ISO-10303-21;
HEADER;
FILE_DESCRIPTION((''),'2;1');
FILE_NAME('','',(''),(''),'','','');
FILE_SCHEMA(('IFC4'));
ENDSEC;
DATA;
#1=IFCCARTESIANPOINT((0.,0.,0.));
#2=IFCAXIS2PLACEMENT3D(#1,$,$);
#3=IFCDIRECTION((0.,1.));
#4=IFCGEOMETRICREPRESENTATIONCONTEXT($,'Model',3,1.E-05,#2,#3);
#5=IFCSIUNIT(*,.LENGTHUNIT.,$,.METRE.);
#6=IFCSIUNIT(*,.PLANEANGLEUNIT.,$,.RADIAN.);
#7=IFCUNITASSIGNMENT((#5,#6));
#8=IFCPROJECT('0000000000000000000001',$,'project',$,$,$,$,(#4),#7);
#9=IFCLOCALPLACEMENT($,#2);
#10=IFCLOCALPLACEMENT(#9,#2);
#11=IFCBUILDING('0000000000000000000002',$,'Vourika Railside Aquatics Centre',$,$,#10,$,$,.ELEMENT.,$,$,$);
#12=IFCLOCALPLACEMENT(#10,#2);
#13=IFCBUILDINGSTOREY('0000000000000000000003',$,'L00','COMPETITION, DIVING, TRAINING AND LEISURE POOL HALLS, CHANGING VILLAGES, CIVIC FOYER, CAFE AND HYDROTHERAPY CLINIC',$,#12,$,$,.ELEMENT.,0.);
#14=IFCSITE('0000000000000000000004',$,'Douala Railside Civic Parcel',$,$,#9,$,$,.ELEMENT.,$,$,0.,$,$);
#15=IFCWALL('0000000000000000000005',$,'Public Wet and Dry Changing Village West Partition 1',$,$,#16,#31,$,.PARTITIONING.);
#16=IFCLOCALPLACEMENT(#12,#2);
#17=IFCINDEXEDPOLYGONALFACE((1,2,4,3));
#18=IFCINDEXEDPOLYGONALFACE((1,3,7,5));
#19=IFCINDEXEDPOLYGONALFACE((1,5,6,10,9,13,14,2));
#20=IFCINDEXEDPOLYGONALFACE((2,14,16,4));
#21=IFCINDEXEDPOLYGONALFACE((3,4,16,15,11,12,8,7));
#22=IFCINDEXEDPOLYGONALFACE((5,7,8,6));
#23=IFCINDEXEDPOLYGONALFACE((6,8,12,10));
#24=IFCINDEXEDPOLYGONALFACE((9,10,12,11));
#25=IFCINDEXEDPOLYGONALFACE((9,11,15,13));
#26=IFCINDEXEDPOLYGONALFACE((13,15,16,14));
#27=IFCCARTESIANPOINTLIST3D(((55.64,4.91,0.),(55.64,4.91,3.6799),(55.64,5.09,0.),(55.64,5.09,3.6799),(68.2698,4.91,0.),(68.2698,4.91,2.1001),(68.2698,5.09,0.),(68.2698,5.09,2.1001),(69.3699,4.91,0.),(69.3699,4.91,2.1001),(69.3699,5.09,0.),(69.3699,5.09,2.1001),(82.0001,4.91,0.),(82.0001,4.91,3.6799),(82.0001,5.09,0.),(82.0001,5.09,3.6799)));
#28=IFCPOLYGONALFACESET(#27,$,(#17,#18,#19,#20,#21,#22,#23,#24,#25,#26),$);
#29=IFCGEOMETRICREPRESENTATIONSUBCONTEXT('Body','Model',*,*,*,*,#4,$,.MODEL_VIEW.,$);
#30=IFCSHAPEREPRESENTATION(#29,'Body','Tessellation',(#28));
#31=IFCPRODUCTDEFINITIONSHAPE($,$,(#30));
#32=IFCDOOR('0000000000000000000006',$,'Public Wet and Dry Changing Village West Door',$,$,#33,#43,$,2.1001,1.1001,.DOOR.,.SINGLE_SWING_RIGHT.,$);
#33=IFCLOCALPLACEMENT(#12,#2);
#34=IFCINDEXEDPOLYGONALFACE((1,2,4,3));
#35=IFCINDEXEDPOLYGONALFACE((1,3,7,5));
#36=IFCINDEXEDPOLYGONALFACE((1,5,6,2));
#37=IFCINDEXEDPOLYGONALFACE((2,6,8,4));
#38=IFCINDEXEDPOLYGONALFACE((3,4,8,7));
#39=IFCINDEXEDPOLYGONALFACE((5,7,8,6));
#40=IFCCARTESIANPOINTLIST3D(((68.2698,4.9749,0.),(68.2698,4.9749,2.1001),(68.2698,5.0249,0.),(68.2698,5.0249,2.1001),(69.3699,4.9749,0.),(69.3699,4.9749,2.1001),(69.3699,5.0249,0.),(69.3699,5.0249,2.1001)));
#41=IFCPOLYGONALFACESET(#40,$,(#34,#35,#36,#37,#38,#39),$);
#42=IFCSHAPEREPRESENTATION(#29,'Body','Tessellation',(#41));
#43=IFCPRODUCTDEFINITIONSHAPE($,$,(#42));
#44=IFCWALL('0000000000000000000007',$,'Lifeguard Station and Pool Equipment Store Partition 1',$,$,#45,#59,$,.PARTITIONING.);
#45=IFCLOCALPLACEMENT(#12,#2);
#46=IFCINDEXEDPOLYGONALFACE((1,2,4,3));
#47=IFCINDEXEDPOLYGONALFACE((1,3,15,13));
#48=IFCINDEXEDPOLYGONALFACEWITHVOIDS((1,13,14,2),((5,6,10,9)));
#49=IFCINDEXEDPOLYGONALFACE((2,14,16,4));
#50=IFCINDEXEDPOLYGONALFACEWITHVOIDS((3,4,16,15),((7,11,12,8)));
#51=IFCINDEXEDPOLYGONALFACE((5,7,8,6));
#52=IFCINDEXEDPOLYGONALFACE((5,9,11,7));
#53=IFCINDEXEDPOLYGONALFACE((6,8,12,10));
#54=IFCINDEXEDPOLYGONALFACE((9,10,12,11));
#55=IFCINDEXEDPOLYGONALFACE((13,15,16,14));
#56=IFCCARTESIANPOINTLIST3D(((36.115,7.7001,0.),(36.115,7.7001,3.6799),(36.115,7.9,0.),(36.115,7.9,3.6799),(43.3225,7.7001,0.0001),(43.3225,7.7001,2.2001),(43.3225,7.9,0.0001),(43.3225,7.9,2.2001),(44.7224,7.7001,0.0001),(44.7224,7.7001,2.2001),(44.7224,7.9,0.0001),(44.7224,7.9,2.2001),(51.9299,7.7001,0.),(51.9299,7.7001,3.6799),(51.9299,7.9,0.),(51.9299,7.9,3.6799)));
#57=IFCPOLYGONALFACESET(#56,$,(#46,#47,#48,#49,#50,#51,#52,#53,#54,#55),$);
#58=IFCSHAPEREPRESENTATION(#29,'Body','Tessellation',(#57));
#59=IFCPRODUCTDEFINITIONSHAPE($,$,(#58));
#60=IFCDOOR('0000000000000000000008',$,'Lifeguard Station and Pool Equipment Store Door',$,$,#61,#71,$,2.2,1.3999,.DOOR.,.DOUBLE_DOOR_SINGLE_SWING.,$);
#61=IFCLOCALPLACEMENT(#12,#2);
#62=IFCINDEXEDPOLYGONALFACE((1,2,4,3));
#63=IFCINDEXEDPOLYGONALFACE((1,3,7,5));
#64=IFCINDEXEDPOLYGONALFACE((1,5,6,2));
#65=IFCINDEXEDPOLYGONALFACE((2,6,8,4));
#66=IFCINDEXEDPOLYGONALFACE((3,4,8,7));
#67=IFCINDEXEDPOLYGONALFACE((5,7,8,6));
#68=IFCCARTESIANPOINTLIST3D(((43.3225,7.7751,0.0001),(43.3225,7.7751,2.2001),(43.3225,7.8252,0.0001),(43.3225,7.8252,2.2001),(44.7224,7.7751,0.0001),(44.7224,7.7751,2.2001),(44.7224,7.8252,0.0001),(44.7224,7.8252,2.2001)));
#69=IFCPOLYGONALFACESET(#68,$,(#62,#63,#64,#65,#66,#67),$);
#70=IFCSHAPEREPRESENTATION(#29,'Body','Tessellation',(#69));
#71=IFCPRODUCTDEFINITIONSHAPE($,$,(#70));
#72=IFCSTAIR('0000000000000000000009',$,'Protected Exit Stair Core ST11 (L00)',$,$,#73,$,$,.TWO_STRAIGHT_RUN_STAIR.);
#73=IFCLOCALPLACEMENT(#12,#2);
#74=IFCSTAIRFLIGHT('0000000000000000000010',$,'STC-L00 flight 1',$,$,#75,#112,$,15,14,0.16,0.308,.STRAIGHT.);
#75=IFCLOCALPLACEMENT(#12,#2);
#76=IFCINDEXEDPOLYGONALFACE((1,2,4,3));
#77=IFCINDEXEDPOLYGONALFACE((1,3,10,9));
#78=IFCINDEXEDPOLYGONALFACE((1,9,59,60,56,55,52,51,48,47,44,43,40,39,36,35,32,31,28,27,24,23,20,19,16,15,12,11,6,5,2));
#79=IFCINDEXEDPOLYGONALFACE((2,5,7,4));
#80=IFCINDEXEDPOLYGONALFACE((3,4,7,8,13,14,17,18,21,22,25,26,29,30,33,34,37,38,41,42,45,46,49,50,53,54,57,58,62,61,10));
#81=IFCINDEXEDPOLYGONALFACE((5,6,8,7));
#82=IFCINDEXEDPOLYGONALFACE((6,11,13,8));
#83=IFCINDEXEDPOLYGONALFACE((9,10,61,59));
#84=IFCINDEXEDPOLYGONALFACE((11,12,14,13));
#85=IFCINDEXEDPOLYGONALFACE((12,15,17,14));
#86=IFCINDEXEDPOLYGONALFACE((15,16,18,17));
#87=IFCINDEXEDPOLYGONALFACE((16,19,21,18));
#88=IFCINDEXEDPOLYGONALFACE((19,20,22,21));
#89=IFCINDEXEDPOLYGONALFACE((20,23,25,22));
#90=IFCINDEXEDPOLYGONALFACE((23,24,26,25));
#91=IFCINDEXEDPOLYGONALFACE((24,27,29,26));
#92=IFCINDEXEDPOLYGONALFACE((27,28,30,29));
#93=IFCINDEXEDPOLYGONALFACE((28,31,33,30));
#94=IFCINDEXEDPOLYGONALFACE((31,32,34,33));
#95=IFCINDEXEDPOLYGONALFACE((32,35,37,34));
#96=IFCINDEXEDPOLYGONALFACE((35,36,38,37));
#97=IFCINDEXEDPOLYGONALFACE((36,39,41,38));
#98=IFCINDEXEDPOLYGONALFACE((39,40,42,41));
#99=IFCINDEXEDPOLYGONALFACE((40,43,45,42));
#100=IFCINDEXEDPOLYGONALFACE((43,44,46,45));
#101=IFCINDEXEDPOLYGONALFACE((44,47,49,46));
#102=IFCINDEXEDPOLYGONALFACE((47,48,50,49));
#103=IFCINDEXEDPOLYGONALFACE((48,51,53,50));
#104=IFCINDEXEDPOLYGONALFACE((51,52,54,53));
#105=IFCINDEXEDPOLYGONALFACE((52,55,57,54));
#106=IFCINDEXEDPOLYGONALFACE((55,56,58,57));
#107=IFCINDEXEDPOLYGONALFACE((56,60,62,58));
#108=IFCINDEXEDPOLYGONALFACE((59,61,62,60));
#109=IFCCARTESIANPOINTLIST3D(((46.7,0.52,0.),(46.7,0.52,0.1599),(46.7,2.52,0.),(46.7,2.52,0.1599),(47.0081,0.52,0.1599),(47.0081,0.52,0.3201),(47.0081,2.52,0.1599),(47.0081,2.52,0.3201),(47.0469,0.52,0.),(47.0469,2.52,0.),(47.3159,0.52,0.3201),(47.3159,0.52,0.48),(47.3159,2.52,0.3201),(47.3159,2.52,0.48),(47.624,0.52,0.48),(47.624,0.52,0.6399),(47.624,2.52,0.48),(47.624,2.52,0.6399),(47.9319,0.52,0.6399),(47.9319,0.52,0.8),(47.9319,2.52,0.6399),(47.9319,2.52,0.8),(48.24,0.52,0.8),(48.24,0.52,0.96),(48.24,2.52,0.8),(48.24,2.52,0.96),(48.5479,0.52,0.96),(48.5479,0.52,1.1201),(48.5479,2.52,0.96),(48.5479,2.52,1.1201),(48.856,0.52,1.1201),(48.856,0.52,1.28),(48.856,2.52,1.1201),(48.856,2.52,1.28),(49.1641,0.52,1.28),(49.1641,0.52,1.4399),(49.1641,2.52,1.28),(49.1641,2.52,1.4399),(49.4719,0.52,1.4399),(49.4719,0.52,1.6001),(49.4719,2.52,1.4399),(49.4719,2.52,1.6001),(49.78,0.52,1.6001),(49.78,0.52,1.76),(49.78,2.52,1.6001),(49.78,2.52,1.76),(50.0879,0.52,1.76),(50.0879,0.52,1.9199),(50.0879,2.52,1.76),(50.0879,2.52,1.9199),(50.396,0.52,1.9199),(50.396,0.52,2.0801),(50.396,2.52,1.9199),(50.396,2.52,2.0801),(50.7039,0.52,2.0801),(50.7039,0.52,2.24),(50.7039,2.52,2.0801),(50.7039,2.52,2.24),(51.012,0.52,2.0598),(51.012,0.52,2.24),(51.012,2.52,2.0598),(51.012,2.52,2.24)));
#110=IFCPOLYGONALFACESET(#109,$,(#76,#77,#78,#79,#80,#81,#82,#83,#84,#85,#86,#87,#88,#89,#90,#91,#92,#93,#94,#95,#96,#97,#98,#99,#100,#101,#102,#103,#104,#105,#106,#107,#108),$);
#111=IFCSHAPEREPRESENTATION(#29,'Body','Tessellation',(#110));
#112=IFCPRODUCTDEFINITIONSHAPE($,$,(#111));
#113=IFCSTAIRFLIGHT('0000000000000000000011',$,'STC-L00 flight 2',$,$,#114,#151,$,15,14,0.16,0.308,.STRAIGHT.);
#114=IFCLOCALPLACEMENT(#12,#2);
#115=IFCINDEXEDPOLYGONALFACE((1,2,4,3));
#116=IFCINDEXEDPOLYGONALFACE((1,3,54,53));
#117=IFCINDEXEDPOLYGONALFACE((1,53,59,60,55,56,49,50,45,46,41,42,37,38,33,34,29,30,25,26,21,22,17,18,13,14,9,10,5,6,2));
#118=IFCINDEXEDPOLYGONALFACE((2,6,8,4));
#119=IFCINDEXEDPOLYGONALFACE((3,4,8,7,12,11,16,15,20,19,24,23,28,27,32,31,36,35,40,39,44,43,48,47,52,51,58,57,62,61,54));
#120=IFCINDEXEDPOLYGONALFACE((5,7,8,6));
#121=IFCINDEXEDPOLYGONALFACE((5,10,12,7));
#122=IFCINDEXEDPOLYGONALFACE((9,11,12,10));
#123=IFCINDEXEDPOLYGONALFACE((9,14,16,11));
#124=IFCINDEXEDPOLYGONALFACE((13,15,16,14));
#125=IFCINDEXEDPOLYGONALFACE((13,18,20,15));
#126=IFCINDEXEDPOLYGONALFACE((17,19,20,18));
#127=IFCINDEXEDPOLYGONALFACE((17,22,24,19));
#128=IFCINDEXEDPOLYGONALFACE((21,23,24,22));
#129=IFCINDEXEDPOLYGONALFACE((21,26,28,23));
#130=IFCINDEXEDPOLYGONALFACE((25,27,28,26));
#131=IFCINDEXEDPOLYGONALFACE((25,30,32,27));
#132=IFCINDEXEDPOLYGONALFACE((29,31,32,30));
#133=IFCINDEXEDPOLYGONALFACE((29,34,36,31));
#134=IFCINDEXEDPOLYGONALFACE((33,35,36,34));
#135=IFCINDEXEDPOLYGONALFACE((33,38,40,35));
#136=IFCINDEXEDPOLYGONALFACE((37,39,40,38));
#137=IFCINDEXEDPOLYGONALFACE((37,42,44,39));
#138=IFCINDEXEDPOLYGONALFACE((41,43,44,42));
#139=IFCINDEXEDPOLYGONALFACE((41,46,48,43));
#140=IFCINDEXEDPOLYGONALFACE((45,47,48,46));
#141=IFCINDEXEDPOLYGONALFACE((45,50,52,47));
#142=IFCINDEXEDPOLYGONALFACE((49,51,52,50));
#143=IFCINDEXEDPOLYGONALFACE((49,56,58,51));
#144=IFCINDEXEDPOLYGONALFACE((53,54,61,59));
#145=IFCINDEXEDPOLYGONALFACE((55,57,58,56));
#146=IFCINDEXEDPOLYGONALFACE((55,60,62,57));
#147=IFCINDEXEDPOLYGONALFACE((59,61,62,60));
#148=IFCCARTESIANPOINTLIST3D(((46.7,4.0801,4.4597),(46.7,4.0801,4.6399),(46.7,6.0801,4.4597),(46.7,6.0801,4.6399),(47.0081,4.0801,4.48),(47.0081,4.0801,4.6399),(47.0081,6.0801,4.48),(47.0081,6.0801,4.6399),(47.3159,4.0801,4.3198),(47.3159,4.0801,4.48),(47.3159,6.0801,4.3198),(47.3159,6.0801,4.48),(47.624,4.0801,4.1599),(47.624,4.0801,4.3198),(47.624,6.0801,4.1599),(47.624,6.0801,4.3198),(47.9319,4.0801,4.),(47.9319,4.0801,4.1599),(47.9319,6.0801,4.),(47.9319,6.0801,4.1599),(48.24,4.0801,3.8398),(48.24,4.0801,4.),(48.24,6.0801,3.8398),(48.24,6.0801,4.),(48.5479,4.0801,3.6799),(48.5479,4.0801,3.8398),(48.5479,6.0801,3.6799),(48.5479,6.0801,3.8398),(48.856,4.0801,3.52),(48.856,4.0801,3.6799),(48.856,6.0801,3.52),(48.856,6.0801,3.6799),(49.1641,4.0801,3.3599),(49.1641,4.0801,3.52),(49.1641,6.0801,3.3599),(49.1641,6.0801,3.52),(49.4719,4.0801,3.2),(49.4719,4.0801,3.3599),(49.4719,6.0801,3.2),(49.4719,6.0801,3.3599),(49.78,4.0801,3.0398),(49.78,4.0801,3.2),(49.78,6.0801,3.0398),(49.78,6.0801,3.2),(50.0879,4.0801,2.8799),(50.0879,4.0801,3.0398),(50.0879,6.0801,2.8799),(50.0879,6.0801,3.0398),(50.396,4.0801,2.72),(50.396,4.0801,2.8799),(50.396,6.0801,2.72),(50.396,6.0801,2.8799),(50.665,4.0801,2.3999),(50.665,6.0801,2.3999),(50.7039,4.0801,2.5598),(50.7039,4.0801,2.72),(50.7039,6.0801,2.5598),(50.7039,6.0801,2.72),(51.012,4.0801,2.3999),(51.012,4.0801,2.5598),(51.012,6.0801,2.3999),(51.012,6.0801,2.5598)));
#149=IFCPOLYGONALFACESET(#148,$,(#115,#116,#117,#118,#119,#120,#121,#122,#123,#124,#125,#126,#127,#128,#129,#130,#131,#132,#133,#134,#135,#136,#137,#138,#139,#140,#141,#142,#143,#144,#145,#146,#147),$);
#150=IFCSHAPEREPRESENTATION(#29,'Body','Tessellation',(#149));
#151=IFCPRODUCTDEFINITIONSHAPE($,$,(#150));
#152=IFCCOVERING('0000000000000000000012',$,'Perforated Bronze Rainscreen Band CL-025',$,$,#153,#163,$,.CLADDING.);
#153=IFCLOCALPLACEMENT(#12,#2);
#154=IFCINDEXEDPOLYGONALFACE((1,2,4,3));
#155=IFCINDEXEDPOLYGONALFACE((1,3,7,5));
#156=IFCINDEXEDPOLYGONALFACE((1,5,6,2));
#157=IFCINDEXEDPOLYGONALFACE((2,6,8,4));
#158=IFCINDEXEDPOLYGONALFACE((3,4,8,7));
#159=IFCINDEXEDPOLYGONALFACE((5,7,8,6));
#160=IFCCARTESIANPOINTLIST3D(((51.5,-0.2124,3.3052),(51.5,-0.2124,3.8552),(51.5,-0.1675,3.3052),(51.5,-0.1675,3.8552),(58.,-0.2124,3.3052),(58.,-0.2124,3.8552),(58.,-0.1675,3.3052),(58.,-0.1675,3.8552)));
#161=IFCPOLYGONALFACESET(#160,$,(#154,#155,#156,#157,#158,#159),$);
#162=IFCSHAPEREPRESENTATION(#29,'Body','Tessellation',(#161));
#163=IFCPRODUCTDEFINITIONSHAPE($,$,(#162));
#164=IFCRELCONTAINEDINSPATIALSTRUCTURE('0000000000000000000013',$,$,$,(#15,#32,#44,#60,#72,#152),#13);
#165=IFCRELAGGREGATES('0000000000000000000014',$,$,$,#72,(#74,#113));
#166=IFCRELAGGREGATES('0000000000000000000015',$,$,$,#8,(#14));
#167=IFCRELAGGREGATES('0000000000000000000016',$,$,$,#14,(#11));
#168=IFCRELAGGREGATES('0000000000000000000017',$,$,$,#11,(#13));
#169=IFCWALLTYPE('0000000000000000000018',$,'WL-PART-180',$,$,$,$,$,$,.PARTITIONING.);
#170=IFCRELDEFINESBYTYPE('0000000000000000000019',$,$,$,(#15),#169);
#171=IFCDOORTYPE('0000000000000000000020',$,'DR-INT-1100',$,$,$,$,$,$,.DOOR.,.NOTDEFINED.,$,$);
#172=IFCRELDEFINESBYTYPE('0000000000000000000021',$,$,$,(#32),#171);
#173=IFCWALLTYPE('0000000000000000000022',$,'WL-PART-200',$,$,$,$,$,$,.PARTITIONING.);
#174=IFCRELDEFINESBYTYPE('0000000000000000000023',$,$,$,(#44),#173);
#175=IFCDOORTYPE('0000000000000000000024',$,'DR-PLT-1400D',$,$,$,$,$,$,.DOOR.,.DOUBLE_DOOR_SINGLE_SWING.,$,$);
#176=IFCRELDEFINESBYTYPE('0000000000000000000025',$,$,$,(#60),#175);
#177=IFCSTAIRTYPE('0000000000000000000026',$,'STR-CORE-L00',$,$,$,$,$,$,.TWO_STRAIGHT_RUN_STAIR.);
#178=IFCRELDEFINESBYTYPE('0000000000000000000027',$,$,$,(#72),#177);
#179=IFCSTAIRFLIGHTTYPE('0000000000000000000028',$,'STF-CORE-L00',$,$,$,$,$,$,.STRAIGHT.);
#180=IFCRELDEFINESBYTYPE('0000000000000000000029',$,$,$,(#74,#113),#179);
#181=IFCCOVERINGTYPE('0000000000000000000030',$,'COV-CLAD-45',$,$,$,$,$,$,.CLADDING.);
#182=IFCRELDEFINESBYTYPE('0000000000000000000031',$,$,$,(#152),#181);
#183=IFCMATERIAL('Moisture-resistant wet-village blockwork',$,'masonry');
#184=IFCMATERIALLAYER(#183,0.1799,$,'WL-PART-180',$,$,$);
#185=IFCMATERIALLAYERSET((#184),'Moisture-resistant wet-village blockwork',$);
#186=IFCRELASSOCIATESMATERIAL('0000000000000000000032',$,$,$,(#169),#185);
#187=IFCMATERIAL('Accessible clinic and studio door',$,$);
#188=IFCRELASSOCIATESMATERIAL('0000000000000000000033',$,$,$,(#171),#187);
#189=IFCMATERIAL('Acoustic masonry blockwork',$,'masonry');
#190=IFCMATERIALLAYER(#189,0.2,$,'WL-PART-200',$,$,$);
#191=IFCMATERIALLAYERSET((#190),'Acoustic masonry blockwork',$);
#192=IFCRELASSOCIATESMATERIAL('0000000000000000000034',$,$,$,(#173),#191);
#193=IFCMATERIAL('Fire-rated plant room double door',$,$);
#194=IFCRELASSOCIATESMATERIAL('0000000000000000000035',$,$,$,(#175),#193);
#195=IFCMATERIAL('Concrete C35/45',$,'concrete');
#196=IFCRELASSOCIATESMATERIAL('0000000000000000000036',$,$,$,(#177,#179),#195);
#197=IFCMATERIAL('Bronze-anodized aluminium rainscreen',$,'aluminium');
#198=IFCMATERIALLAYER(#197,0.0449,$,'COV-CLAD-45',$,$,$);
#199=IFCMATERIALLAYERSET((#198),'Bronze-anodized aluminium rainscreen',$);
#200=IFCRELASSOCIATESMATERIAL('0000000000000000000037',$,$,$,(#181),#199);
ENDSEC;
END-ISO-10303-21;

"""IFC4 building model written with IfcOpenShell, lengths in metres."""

from ifc_helpers import new_model, si_unit, direction, frame, frame_2d, origin, origin_2d, place, context, subcontext, project, spatial, polyline, rectangle, outline, extrude, material, layer, layer_set, type_object, element, fill, aggregate, save


model = new_model("IFC4")

# Units and contexts
model_context = context("Model", 3, precision=1e-05, world=origin(), true_north=direction((0.0, 1.0)))
body_context = subcontext(model_context, "Body", "Model", "MODEL_VIEW")
ifc_project = project(units=[si_unit("LENGTHUNIT", "METRE"), si_unit("PLANEANGLEUNIT", "RADIAN")], contexts=[model_context])

# Site, building, storey
site_placement = place(None, origin())
site = spatial("IfcSite", under=ifc_project, at=site_placement, Name="Douala Railside Civic Parcel", CompositionType="ELEMENT", RefElevation=0.0)
building_placement = place(site_placement, origin())
building = spatial("IfcBuilding", under=site, at=building_placement, Name="Vourika Railside Aquatics Centre", CompositionType="ELEMENT")
storey_placement = place(building_placement, origin())
storey = spatial("IfcBuildingStorey", under=building, at=storey_placement, Name="L00", Description="COMPETITION, DIVING, TRAINING AND LEISURE POOL HALLS, CHANGING VILLAGES, CIVIC FOYER, CAFE AND HYDROTHERAPY CLINIC", CompositionType="ELEMENT", Elevation=0.0)

# Shared definitions
ifc_material_1 = material(Name="Concrete C35/45", Category="concrete")

# Walls, openings, doors
ifc_material_2 = material(Name="Moisture-resistant wet-village blockwork", Category="masonry")
ifc_layer_1 = layer(ifc_material_2, 0.1799, Name="WL-PART-180")
ifc_layer_set_1 = layer_set([ifc_layer_1], Name="Moisture-resistant wet-village blockwork")
wall_type_1 = type_object("IfcWallType", Name="WL-PART-180", PredefinedType="PARTITIONING", material=ifc_layer_set_1)
wall_1_placement = place(storey_placement, frame((55.6399, 5.0, 0.0), z_axis=(0.0, 0.0, 1.0), x_axis=(1.0, 0.0, 0.0)))
wall_1 = element("IfcWall", 1, at=wall_1_placement, inside=storey, type_object=wall_type_1, Name="Public Wet and Dry Changing Village West Partition 1", PredefinedType="PARTITIONING", context=body_context, shape_type="SweptSolid", body=[
    extrude(rectangle(XDim=26.3601, YDim=0.1799, at=frame_2d((13.1802, 0.0))), origin(), (0.0, 0.0, 1.0), 3.6799),
])
opening_1_placement = place(wall_1_placement, frame((12.6299, 0.0, 0.0)))
opening_1 = element("IfcOpeningElement", 2, at=opening_1_placement, cuts=wall_1, PredefinedType="OPENING", context=body_context, shape_type="SweptSolid", body=[
    extrude(rectangle(XDim=1.1001, YDim=2.1001, at=frame_2d((0.55, 1.05))), frame((0.0, 0.1001, 0.0), z_axis=(0.0, -1.0, 0.0), x_axis=(1.0, 0.0, 0.0)), (0.0, 0.0, 1.0), 0.2),
])
ifc_material_3 = material(Name="Accessible clinic and studio door")
door_type_1 = type_object("IfcDoorType", Name="DR-INT-1100", OperationType="NOTDEFINED", PredefinedType="DOOR", material=ifc_material_3)
door_1_placement = place(opening_1_placement, origin())
door_1 = element("IfcDoor", 3, at=door_1_placement, inside=storey, type_object=door_type_1, Name="Public Wet and Dry Changing Village West Door", OperationType="SINGLE_SWING_RIGHT", OverallHeight=2.1001, OverallWidth=1.1001, PredefinedType="DOOR", context=body_context, shape_type="SweptSolid", body=[
    extrude(rectangle(XDim=1.1001, YDim=2.1001, at=frame_2d((0.55, 1.05))), frame((0.0, 0.0249, 0.0), z_axis=(0.0, -1.0, 0.0), x_axis=(1.0, 0.0, 0.0)), (0.0, 0.0, 1.0), 0.05),
])
fill(opening_1, door_1)
ifc_material_4 = material(Name="Acoustic masonry blockwork", Category="masonry")
ifc_layer_2 = layer(ifc_material_4, 0.2, Name="WL-PART-200")
ifc_layer_set_2 = layer_set([ifc_layer_2], Name="Acoustic masonry blockwork")
wall_type_2 = type_object("IfcWallType", Name="WL-PART-200", PredefinedType="PARTITIONING", material=ifc_layer_set_2)
wall_2_placement = place(storey_placement, frame((51.9299, 7.8, 0.0), z_axis=(0.0, 0.0, 1.0), x_axis=(-1.0, 0.0, 0.0)))
wall_2 = element("IfcWall", 4, at=wall_2_placement, inside=storey, type_object=wall_type_2, Name="Lifeguard Station and Pool Equipment Store Partition 1", PredefinedType="PARTITIONING", context=body_context, shape_type="SweptSolid", body=[
    extrude(rectangle(XDim=15.8149, YDim=0.2, at=frame_2d((7.9075, 0.0))), origin(), (0.0, 0.0, 1.0), 3.6799),
])
opening_2_placement = place(wall_2_placement, frame((7.2075, 0.0, 0.0)))
opening_2 = element("IfcOpeningElement", 5, at=opening_2_placement, cuts=wall_2, PredefinedType="OPENING", context=body_context, shape_type="SweptSolid", body=[
    extrude(rectangle(XDim=1.3999, YDim=2.2, at=frame_2d((0.7, 1.1001))), frame((0.0, 0.1099, 0.0), z_axis=(0.0, -1.0, 0.0), x_axis=(1.0, 0.0, 0.0)), (0.0, 0.0, 1.0), 0.22),
])
ifc_material_5 = material(Name="Fire-rated plant room double door")
door_type_2 = type_object("IfcDoorType", Name="DR-PLT-1400D", OperationType="DOUBLE_DOOR_SINGLE_SWING", PredefinedType="DOOR", material=ifc_material_5)
door_2_placement = place(opening_2_placement, origin())
door_2 = element("IfcDoor", 6, at=door_2_placement, inside=storey, type_object=door_type_2, Name="Lifeguard Station and Pool Equipment Store Door", OperationType="DOUBLE_DOOR_SINGLE_SWING", OverallHeight=2.2, OverallWidth=1.3999, PredefinedType="DOOR", context=body_context, shape_type="SweptSolid", body=[
    extrude(rectangle(XDim=1.3999, YDim=2.2, at=frame_2d((0.7, 1.1001))), frame((0.0, 0.0249, 0.0), z_axis=(0.0, -1.0, 0.0), x_axis=(1.0, 0.0, 0.0)), (0.0, 0.0, 1.0), 0.05),
])
fill(opening_2, door_2)

# Stair, stair flights
stair_type = type_object("IfcStairType", Name="STR-CORE-L00", PredefinedType="TWO_STRAIGHT_RUN_STAIR", material=ifc_material_1)
stair_placement = place(storey_placement, origin())
stair = element("IfcStair", 7, at=stair_placement, inside=storey, type_object=stair_type, Name="Protected Exit Stair Core ST11 (L00)", PredefinedType="TWO_STRAIGHT_RUN_STAIR")
stair_flight_type = type_object("IfcStairFlightType", Name="STF-CORE-L00", PredefinedType="STRAIGHT", material=ifc_material_1)
stair_flight_1_placement = place(storey_placement, frame((46.7, 1.52, 0.0), z_axis=(0.0, 0.0, 1.0), x_axis=(1.0, 0.0, 0.0)))
stair_flight_1 = element("IfcStairFlight", 8, at=stair_flight_1_placement, type_object=stair_flight_type, Name="STC-L00 flight 1", NumberOfRisers=15, NumberOfTreads=14, PredefinedType="STRAIGHT", RiserHeight=0.16, TreadLength=0.308, context=body_context, shape_type="SweptSolid", body=[
    extrude(outline(polyline([(0.0, 0.0), (0.0, 0.1599), (0.3081, 0.1599), (0.3081, 0.3201), (0.616, 0.3201), (0.616, 0.48), (0.9241, 0.48), (0.9241, 0.6399), (1.2319, 0.6399), (1.2319, 0.8), (1.54, 0.8), (1.54, 0.96), (1.8479, 0.96), (1.8479, 1.1201), (2.156, 1.1201), (2.156, 1.28), (2.4641, 1.28), (2.4641, 1.4399), (2.772, 1.4399), (2.772, 1.6001), (3.0801, 1.6001), (3.0801, 1.76), (3.3879, 1.76), (3.3879, 1.9199), (3.696, 1.9199), (3.696, 2.0801), (4.0039, 2.0801), (4.0039, 2.24), (4.312, 2.24), (4.312, 2.3999), (4.312, 2.0598), (0.3469, 0.0), (0.0, 0.0)])), frame((0.0, 1.0, 0.0), z_axis=(0.0, -1.0, 0.0), x_axis=(1.0, 0.0, 0.0)), (0.0, 0.0, 1.0), 2.0),
])
stair_flight_2_placement = place(storey_placement, frame((51.012, 5.0801, 2.3999), z_axis=(0.0, 0.0, 1.0), x_axis=(-1.0, 0.0, 0.0)))
stair_flight_2 = element("IfcStairFlight", 9, at=stair_flight_2_placement, type_object=stair_flight_type, Name="STC-L00 flight 2", NumberOfRisers=15, NumberOfTreads=14, PredefinedType="STRAIGHT", RiserHeight=0.16, TreadLength=0.308, context=body_context, shape_type="SweptSolid", body=[
    extrude(outline(polyline([(0.0, 0.0), (0.0, 0.1599), (0.3081, 0.1599), (0.3081, 0.3201), (0.616, 0.3201), (0.616, 0.48), (0.9241, 0.48), (0.9241, 0.6399), (1.2319, 0.6399), (1.2319, 0.8), (1.54, 0.8), (1.54, 0.96), (1.8479, 0.96), (1.8479, 1.1201), (2.156, 1.1201), (2.156, 1.28), (2.4641, 1.28), (2.4641, 1.4399), (2.772, 1.4399), (2.772, 1.6001), (3.0801, 1.6001), (3.0801, 1.76), (3.3879, 1.76), (3.3879, 1.9199), (3.696, 1.9199), (3.696, 2.0801), (4.0039, 2.0801), (4.0039, 2.24), (4.312, 2.24), (4.312, 2.3999), (4.312, 2.0598), (0.3469, 0.0), (0.0, 0.0)])), frame((0.0, 1.0, 0.0), z_axis=(0.0, -1.0, 0.0), x_axis=(1.0, 0.0, 0.0)), (0.0, 0.0, 1.0), 2.0),
])
aggregate(stair, [stair_flight_1, stair_flight_2])

# Covering
ifc_material_6 = material(Name="Bronze-anodized aluminium rainscreen", Category="aluminium")
ifc_layer_3 = layer(ifc_material_6, 0.0449, Name="COV-CLAD-45")
ifc_layer_set_3 = layer_set([ifc_layer_3], Name="Bronze-anodized aluminium rainscreen")
covering_type = type_object("IfcCoveringType", Name="COV-CLAD-45", PredefinedType="CLADDING", material=ifc_layer_set_3)
covering_placement = place(storey_placement, frame((54.75, -0.1899, 3.3052), z_axis=(0.0, 0.0, 1.0), x_axis=(1.0, 0.0, 0.0)))
element("IfcCovering", 10, at=covering_placement, inside=storey, type_object=covering_type, Name="Perforated Bronze Rainscreen Band CL-025", PredefinedType="CLADDING", context=body_context, shape_type="SweptSolid", body=[
    extrude(rectangle(XDim=6.5, YDim=0.0449, at=origin_2d()), origin(), (0.0, 0.0, 1.0), 0.55),
])

save(model, "model.ifc")
